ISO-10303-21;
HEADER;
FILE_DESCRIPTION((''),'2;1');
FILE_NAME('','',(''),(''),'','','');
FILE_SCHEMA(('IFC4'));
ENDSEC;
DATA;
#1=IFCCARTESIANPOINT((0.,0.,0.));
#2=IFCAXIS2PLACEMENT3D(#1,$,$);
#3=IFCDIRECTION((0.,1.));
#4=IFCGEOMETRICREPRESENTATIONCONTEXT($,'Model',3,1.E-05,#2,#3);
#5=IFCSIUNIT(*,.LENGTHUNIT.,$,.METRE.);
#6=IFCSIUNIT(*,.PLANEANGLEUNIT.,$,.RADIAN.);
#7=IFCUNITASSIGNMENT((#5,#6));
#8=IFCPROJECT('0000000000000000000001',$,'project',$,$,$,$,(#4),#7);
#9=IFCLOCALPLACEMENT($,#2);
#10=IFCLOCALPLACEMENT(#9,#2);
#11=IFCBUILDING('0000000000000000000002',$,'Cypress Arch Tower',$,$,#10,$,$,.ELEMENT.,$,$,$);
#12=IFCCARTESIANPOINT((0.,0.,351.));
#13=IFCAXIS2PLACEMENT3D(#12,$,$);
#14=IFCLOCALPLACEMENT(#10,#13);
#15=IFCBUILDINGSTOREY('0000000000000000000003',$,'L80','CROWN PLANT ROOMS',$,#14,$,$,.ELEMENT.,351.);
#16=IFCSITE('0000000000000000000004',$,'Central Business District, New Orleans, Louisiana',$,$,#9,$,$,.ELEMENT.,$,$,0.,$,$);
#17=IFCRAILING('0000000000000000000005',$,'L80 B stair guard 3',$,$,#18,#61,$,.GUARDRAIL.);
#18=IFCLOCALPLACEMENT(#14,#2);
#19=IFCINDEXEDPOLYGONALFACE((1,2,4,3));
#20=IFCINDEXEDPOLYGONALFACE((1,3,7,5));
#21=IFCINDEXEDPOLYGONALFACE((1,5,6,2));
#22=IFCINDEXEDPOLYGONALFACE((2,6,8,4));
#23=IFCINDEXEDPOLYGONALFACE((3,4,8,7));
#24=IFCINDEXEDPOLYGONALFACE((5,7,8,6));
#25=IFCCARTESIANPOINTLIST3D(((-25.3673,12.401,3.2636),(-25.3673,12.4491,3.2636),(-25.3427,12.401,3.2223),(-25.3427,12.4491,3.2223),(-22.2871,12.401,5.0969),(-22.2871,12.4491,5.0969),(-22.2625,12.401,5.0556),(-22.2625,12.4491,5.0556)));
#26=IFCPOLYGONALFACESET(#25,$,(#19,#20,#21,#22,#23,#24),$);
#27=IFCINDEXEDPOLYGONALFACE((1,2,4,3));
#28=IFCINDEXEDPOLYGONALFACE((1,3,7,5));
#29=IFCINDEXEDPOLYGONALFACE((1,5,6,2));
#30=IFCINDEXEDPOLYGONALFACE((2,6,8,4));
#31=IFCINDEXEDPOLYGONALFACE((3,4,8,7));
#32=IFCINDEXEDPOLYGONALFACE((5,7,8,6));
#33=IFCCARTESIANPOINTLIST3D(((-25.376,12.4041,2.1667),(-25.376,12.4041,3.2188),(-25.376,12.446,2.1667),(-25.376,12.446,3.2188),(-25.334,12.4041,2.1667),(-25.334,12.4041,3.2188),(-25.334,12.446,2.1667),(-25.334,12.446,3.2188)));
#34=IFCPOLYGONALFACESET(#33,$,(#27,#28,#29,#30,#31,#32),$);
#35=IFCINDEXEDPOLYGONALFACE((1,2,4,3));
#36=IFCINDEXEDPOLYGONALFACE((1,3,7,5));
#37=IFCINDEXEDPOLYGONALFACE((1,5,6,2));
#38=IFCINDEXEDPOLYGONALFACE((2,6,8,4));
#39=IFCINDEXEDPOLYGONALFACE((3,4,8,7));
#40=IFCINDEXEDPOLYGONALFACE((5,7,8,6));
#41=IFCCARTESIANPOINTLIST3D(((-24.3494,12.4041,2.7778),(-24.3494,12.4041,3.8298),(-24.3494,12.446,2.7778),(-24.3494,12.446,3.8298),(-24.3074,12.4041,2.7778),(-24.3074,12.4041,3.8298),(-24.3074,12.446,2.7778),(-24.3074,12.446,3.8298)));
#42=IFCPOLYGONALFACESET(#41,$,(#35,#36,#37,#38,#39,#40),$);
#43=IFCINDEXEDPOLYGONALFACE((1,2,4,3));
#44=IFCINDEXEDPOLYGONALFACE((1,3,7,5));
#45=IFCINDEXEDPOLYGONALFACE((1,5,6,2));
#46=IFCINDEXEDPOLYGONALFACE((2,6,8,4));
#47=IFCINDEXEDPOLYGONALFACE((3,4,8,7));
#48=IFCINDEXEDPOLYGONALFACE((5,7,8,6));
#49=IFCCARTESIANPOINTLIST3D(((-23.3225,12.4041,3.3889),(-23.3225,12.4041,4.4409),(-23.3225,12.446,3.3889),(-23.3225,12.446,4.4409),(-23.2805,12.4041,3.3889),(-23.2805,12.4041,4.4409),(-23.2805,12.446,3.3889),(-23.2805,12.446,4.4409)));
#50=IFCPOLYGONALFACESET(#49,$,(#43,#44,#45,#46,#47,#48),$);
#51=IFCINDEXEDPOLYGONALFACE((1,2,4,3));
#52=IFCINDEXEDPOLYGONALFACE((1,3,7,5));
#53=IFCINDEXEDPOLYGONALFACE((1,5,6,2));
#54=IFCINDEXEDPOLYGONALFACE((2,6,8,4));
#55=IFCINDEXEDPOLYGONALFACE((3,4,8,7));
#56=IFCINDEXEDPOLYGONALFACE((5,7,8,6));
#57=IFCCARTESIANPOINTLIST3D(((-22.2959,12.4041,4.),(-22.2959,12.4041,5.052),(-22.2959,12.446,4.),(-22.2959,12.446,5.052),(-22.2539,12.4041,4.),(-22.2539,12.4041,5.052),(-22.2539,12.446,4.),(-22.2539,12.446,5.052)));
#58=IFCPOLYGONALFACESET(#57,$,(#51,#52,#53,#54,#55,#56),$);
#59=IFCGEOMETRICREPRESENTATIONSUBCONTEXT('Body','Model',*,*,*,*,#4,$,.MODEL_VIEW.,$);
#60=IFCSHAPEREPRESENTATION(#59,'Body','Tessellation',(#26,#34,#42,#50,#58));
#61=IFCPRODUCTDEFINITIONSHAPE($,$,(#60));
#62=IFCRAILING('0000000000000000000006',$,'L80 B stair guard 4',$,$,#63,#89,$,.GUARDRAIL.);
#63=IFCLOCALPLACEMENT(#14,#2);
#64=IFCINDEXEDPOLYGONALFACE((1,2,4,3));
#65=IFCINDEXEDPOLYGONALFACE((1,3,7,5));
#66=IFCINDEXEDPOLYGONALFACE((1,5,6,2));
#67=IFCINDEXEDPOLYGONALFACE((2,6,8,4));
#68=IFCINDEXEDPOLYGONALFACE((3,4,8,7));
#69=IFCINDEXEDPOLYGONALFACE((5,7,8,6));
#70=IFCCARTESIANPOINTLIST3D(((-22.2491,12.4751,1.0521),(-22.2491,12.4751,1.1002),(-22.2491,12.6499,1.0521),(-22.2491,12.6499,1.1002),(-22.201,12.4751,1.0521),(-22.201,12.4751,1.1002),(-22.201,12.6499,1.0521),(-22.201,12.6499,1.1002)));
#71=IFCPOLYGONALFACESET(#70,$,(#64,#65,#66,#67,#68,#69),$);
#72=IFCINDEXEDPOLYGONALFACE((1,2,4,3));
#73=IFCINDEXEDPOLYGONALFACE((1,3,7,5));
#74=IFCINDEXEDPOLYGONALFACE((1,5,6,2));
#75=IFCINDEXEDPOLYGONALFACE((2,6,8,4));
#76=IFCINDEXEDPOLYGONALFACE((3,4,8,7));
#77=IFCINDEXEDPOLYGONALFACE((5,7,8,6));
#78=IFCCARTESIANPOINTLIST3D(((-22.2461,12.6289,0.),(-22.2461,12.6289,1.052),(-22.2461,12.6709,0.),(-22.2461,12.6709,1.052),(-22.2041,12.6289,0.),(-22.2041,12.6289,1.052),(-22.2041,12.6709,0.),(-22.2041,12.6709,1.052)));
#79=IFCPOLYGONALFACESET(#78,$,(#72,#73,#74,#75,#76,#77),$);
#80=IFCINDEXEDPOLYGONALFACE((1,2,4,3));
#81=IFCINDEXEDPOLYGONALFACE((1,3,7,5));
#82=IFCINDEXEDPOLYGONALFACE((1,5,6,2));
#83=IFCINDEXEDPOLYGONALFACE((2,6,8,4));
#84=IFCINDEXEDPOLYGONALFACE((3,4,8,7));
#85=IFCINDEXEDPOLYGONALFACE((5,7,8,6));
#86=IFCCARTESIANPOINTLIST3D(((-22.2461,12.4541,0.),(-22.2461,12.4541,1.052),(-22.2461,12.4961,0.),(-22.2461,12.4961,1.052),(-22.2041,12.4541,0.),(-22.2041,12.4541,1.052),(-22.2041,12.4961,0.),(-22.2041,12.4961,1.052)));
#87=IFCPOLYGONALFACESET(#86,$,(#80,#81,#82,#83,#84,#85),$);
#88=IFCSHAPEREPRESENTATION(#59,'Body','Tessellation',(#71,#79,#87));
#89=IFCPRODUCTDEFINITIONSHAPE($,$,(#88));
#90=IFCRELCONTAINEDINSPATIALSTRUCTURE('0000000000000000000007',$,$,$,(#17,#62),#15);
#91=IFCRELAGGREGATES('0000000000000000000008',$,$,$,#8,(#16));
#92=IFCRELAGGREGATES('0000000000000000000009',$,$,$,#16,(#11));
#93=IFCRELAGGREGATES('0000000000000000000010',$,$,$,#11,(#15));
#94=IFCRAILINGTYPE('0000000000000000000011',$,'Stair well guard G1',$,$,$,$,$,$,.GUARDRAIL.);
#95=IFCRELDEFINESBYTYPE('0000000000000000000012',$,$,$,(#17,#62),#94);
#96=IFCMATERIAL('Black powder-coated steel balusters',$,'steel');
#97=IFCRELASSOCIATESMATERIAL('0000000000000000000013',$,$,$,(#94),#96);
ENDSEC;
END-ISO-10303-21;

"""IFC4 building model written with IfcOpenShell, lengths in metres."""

from ifc_helpers import new_model, si_unit, direction, frame, origin, origin_2d, place, context, subcontext, project, spatial, rectangle, extrude, material, type_object, element, save


model = new_model("IFC4")

# Units and contexts
model_context = context("Model", 3, precision=1e-05, world=origin(), true_north=direction((0.0, 1.0)))
body_context = subcontext(model_context, "Body", "Model", "MODEL_VIEW")
ifc_project = project(units=[si_unit("LENGTHUNIT", "METRE"), si_unit("PLANEANGLEUNIT", "RADIAN")], contexts=[model_context])

# Site, building, storey
site_placement = place(None, origin())
site = spatial("IfcSite", under=ifc_project, at=site_placement, Name="Central Business District, New Orleans, Louisiana", CompositionType="ELEMENT", RefElevation=0.0)
building_placement = place(site_placement, origin())
building = spatial("IfcBuilding", under=site, at=building_placement, Name="Cypress Arch Tower", CompositionType="ELEMENT")
storey_placement = place(building_placement, frame((0.0, 0.0, 351.0)))
storey = spatial("IfcBuildingStorey", under=building, at=storey_placement, Name="L80", Description="CROWN PLANT ROOMS", CompositionType="ELEMENT", Elevation=351.0)

# Railings
ifc_material_1 = material(Name="Black powder-coated steel balusters", Category="steel")
railing_type_1 = type_object("IfcRailingType", Name="Stair well guard G1", PredefinedType="GUARDRAIL", material=ifc_material_1)
railing_1_placement = place(storey_placement, frame((-25.355, 12.425, 2.1667)))
element("IfcRailing", 1, at=railing_1_placement, inside=storey, type_object=railing_type_1, Name="L80 B stair guard 3", PredefinedType="GUARDRAIL", context=body_context, shape_type="SweptSolid", body=[
    extrude(rectangle(XDim=0.0481, YDim=0.0481, at=origin_2d()), frame((0.0, 0.0, 1.0762), z_axis=(0.859309, 0.0, 0.511458), x_axis=(0.0, 1.0, 0.0)), (0.0, 0.0, 1.0), 3.5845),
    extrude(rectangle(XDim=0.042, YDim=0.042, at=origin_2d()), origin(), (0.0, 0.0, 1.0), 1.052),
    extrude(rectangle(XDim=0.042, YDim=0.042, at=origin_2d()), frame((1.0266, 0.0, 0.6111)), (0.0, 0.0, 1.0), 1.052),
    extrude(rectangle(XDim=0.042, YDim=0.042, at=origin_2d()), frame((2.0535, 0.0, 1.2222)), (0.0, 0.0, 1.0), 1.052),
    extrude(rectangle(XDim=0.042, YDim=0.042, at=origin_2d()), frame((3.0801, 0.0, 1.8333)), (0.0, 0.0, 1.0), 1.052),
])
railing_2_placement = place(storey_placement, frame((-22.2251, 12.6499, 0.0)))
element("IfcRailing", 2, at=railing_2_placement, inside=storey, type_object=railing_type_1, Name="L80 B stair guard 4", PredefinedType="GUARDRAIL", context=body_context, shape_type="SweptSolid", body=[
    extrude(rectangle(XDim=0.0481, YDim=0.0481, at=origin_2d()), frame((0.0, 0.0, 1.0762), z_axis=(0.0, -1.0, 0.0), x_axis=(1.0, 0.0, 0.0)), (0.0, 0.0, 1.0), 0.1748),
    extrude(rectangle(XDim=0.042, YDim=0.042, at=origin_2d()), origin(), (0.0, 0.0, 1.0), 1.052),
    extrude(rectangle(XDim=0.042, YDim=0.042, at=origin_2d()), frame((0.0, -0.1748, 0.0)), (0.0, 0.0, 1.0), 1.052),
])

save(model, "model.ifc")
